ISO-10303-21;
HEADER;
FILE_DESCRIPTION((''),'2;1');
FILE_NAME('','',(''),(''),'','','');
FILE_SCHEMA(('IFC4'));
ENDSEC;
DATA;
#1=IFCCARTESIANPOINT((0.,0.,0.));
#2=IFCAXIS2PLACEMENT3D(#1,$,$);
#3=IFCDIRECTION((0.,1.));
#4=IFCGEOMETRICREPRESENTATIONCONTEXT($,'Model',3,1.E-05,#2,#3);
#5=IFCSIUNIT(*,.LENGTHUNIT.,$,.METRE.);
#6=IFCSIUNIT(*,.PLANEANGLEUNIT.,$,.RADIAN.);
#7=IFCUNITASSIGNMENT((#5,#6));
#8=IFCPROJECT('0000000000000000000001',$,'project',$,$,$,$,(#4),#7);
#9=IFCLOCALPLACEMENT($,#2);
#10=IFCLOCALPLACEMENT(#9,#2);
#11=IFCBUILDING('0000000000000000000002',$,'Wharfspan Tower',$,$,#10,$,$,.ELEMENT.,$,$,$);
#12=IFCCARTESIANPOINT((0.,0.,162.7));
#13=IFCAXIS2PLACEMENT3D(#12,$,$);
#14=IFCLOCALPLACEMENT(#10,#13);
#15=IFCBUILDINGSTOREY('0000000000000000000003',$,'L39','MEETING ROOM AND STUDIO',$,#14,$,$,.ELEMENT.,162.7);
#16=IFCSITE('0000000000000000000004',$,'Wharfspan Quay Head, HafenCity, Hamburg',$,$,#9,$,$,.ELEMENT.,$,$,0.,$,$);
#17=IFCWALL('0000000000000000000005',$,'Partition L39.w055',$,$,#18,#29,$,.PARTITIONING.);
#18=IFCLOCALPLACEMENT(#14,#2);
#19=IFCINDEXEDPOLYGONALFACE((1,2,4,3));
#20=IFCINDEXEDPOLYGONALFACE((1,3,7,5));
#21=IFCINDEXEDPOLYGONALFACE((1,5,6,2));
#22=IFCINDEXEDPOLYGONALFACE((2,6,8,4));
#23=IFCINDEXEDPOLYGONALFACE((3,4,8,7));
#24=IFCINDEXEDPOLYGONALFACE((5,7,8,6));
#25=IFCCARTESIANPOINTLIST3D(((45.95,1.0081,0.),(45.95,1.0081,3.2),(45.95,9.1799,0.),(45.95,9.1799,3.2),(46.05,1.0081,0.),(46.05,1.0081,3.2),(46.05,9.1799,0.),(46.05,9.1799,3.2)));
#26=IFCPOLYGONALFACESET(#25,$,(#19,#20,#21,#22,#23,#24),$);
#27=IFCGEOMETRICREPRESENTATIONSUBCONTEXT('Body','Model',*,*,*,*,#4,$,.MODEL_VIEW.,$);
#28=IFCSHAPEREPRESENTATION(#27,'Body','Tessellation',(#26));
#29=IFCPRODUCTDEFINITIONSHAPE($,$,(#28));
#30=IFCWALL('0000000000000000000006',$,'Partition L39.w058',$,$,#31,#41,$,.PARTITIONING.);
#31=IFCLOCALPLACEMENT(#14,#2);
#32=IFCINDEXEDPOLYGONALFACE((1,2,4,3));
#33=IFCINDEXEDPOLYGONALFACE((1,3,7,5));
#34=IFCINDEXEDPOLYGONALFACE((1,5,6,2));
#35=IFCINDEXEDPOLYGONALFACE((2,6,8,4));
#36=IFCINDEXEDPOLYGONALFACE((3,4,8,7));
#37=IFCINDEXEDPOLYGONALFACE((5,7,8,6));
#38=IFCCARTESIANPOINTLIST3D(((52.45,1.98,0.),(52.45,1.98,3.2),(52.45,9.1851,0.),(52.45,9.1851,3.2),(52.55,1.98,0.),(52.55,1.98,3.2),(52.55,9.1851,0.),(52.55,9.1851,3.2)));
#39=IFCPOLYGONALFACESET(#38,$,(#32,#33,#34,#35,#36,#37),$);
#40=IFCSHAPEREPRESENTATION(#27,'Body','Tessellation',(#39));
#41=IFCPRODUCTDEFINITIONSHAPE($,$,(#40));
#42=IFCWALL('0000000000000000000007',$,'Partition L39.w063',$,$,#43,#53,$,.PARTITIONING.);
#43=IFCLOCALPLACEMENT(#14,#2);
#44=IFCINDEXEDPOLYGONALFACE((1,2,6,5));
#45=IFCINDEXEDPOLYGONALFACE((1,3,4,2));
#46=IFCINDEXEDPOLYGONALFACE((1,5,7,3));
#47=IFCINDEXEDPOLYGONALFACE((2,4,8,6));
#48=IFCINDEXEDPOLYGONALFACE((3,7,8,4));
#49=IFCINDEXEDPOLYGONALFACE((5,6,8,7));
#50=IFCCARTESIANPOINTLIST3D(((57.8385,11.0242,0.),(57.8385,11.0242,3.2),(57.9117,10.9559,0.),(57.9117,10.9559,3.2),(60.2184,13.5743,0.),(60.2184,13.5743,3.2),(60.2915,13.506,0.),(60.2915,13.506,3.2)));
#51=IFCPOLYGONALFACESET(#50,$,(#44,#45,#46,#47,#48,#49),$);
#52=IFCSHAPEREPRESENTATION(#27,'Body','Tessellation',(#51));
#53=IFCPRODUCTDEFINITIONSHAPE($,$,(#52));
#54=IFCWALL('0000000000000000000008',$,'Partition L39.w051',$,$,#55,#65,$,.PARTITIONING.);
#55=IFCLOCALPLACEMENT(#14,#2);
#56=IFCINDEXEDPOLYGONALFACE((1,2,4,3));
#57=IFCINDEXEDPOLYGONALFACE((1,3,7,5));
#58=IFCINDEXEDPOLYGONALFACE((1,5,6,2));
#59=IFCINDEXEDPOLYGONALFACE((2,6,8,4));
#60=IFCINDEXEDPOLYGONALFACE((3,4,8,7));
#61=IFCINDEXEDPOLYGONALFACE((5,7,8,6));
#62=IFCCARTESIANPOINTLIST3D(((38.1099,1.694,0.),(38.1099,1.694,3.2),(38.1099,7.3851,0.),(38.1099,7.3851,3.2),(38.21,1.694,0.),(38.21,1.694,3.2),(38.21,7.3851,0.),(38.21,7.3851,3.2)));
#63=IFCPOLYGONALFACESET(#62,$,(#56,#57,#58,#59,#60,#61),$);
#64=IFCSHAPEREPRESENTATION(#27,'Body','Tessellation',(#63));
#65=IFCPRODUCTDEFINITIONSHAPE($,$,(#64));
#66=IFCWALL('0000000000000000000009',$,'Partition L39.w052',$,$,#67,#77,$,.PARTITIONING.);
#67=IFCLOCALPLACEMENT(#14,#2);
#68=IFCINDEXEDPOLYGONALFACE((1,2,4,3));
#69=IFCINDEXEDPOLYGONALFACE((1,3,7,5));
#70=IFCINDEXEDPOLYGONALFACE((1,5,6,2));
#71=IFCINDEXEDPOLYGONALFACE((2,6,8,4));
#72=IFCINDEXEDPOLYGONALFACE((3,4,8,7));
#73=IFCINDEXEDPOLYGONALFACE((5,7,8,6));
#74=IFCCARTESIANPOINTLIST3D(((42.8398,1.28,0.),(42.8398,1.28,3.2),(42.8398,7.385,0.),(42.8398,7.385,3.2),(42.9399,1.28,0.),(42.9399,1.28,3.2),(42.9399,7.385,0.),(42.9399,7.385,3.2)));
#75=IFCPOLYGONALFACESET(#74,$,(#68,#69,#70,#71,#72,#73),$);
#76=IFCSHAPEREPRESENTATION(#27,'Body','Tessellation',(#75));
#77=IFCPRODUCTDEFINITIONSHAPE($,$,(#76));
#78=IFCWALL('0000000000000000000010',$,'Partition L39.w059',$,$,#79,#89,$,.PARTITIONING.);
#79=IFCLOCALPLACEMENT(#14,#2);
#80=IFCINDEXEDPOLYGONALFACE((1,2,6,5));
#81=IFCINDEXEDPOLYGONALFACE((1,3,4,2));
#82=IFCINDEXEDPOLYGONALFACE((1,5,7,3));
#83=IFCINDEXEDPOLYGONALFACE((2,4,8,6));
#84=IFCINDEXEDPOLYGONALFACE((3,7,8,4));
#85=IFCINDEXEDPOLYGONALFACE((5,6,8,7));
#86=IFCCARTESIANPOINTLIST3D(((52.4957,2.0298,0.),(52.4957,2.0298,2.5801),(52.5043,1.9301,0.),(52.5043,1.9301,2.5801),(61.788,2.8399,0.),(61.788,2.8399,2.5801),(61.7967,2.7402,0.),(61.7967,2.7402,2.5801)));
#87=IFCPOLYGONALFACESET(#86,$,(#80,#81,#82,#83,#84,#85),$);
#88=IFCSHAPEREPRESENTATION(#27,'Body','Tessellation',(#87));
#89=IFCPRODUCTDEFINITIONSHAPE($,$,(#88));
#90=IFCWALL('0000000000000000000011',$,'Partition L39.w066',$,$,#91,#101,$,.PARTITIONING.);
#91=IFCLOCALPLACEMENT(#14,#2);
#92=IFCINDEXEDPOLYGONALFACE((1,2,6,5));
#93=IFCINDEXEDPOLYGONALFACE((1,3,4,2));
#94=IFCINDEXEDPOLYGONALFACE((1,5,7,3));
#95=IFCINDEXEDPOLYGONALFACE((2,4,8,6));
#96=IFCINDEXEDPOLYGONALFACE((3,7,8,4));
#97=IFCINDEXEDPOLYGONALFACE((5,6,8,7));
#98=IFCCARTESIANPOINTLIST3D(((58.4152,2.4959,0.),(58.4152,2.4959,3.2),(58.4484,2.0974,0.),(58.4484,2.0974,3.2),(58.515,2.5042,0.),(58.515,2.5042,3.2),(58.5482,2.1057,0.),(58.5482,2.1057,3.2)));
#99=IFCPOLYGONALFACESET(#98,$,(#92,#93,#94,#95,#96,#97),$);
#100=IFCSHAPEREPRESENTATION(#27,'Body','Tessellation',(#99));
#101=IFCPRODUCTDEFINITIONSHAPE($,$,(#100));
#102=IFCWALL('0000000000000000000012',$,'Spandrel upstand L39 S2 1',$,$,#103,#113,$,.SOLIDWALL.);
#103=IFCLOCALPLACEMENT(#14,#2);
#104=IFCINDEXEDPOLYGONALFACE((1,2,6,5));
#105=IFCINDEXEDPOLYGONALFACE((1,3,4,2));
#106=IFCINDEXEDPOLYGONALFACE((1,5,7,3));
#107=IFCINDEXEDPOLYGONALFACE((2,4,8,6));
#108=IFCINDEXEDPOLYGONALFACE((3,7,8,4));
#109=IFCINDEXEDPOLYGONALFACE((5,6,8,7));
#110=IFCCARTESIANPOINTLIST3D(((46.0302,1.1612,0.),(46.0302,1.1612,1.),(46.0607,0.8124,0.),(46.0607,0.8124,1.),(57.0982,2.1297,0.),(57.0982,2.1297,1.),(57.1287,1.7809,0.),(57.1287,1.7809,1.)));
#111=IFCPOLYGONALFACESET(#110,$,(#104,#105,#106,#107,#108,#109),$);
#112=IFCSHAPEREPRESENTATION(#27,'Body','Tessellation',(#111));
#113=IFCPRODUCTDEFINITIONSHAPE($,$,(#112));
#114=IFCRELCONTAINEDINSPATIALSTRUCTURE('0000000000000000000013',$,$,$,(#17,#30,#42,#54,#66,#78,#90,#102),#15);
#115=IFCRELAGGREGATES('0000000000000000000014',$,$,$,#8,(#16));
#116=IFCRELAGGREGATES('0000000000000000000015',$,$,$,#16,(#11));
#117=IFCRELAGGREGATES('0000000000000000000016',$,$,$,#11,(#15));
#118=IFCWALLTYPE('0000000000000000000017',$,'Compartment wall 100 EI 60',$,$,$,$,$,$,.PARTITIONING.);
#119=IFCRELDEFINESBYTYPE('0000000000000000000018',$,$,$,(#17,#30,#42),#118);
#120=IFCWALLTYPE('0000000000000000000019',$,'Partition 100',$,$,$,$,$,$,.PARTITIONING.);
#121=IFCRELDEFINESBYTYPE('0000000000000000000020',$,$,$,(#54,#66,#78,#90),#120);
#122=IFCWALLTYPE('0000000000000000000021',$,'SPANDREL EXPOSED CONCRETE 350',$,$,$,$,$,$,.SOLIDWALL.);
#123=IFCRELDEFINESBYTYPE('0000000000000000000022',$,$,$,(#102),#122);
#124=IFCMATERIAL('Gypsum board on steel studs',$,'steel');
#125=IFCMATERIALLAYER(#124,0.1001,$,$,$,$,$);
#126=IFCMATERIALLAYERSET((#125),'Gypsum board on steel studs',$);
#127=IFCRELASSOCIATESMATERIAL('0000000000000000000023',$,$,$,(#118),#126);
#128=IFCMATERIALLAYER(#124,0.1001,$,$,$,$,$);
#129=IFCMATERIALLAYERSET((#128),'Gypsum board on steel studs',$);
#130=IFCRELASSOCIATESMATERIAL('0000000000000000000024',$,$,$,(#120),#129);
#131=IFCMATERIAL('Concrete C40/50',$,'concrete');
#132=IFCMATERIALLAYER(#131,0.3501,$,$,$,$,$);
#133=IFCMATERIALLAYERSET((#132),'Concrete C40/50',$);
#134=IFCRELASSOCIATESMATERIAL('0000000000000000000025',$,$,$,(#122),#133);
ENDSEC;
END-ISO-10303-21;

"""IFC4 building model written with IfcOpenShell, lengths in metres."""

from ifc_helpers import new_model, si_unit, direction, frame, frame_2d, origin, place, context, subcontext, project, spatial, rectangle, extrude, material, layer, layer_set, type_object, element, save


model = new_model("IFC4")

# Units and contexts
model_context = context("Model", 3, precision=1e-05, world=origin(), true_north=direction((0.0, 1.0)))
body_context = subcontext(model_context, "Body", "Model", "MODEL_VIEW")
ifc_project = project(units=[si_unit("LENGTHUNIT", "METRE"), si_unit("PLANEANGLEUNIT", "RADIAN")], contexts=[model_context])

# Site, building, storey
site_placement = place(None, origin())
site = spatial("IfcSite", under=ifc_project, at=site_placement, Name="Wharfspan Quay Head, HafenCity, Hamburg", CompositionType="ELEMENT", RefElevation=0.0)
building_placement = place(site_placement, origin())
building = spatial("IfcBuilding", under=site, at=building_placement, Name="Wharfspan Tower", CompositionType="ELEMENT")
storey_placement = place(building_placement, frame((0.0, 0.0, 162.7)))
storey = spatial("IfcBuildingStorey", under=building, at=storey_placement, Name="L39", Description="MEETING ROOM AND STUDIO", CompositionType="ELEMENT", Elevation=162.7)

# Walls
ifc_material_1 = material(Name="Gypsum board on steel studs", Category="steel")
ifc_layer_1 = layer(ifc_material_1, 0.1001)
ifc_layer_set_1 = layer_set([ifc_layer_1], Name="Gypsum board on steel studs")
wall_type_1 = type_object("IfcWallType", Name="Compartment wall 100 EI 60", PredefinedType="PARTITIONING", material=ifc_layer_set_1)
wall_1_placement = place(storey_placement, frame((46.0, 1.0081, 0.0), z_axis=(0.0, 0.0, 1.0), x_axis=(0.0, 1.0, 0.0)))
element("IfcWall", 1, at=wall_1_placement, inside=storey, type_object=wall_type_1, Name="Partition L39.w055", PredefinedType="PARTITIONING", context=body_context, shape_type="SweptSolid", body=[
    extrude(rectangle(XDim=8.1719, YDim=0.1001, at=frame_2d((4.0859, 0.0))), origin(), (0.0, 0.0, 1.0), 3.2),
])
wall_2_placement = place(storey_placement, frame((52.5, 1.98, 0.0), z_axis=(0.0, 0.0, 1.0), x_axis=(0.0, 1.0, 0.0)))
element("IfcWall", 2, at=wall_2_placement, inside=storey, type_object=wall_type_1, Name="Partition L39.w058", PredefinedType="PARTITIONING", context=body_context, shape_type="SweptSolid", body=[
    extrude(rectangle(XDim=7.2051, YDim=0.1001, at=frame_2d((3.6025, 0.0))), origin(), (0.0, 0.0, 1.0), 3.2),
])
wall_3_placement = place(storey_placement, frame((57.875, 10.99, 0.0), z_axis=(0.0, 0.0, 1.0), x_axis=(0.68229, 0.731075, 0.0)))
element("IfcWall", 3, at=wall_3_placement, inside=storey, type_object=wall_type_1, Name="Partition L39.w063", PredefinedType="PARTITIONING", context=body_context, shape_type="SweptSolid", body=[
    extrude(rectangle(XDim=3.488, YDim=0.1001, at=frame_2d((1.7441, 0.0))), origin(), (0.0, 0.0, 1.0), 3.2),
])
ifc_layer_2 = layer(ifc_material_1, 0.1001)
ifc_layer_set_2 = layer_set([ifc_layer_2], Name="Gypsum board on steel studs")
wall_type_2 = type_object("IfcWallType", Name="Partition 100", PredefinedType="PARTITIONING", material=ifc_layer_set_2)
wall_4_placement = place(storey_placement, frame((38.1599, 1.6938, 0.0), z_axis=(0.0, 0.0, 1.0), x_axis=(0.0, 1.0, 0.0)))
element("IfcWall", 4, at=wall_4_placement, inside=storey, type_object=wall_type_2, Name="Partition L39.w051", PredefinedType="PARTITIONING", context=body_context, shape_type="SweptSolid", body=[
    extrude(rectangle(XDim=5.6912, YDim=0.1001, at=frame_2d((2.8457, 0.0))), origin(), (0.0, 0.0, 1.0), 3.2),
])
wall_5_placement = place(storey_placement, frame((42.8899, 1.28, 0.0), z_axis=(0.0, 0.0, 1.0), x_axis=(0.0, 1.0, 0.0)))
element("IfcWall", 5, at=wall_5_placement, inside=storey, type_object=wall_type_2, Name="Partition L39.w052", PredefinedType="PARTITIONING", context=body_context, shape_type="SweptSolid", body=[
    extrude(rectangle(XDim=6.105, YDim=0.1001, at=frame_2d((3.0525, 0.0))), origin(), (0.0, 0.0, 1.0), 3.2),
])
wall_6_placement = place(storey_placement, frame((52.5, 1.98, 0.0), z_axis=(0.0, 0.0, 1.0), x_axis=(0.99622, 0.086844, 0.0)))
element("IfcWall", 6, at=wall_6_placement, inside=storey, type_object=wall_type_2, Name="Partition L39.w059", PredefinedType="PARTITIONING", context=body_context, shape_type="SweptSolid", body=[
    extrude(rectangle(XDim=9.3276, YDim=0.1001, at=frame_2d((4.6638, 0.0))), origin(), (0.0, 0.0, 1.0), 2.5801),
])
wall_7_placement = place(storey_placement, frame((58.4983, 2.1016, 0.0), z_axis=(0.0, 0.0, 1.0), x_axis=(-0.083045, 0.996542, 0.0)))
element("IfcWall", 7, at=wall_7_placement, inside=storey, type_object=wall_type_2, Name="Partition L39.w066", PredefinedType="PARTITIONING", context=body_context, shape_type="SweptSolid", body=[
    extrude(rectangle(XDim=0.3999, YDim=0.1001, at=frame_2d((0.2, 0.0))), origin(), (0.0, 0.0, 1.0), 3.2),
])
ifc_material_2 = material(Name="Concrete C40/50", Category="concrete")
ifc_layer_3 = layer(ifc_material_2, 0.3501)
ifc_layer_set_3 = layer_set([ifc_layer_3], Name="Concrete C40/50")
wall_type_3 = type_object("IfcWallType", Name="SPANDREL EXPOSED CONCRETE 350", PredefinedType="SOLIDWALL", material=ifc_layer_set_3)
wall_8_placement = place(storey_placement, frame((46.0454, 0.9868, 0.0), z_axis=(0.0, 0.0, 1.0), x_axis=(0.996193, 0.087171, 0.0)))
element("IfcWall", 8, at=wall_8_placement, inside=storey, type_object=wall_type_3, Name="Spandrel upstand L39 S2 1", PredefinedType="SOLIDWALL", context=body_context, shape_type="SweptSolid", body=[
    extrude(rectangle(XDim=11.1104, YDim=0.3501, at=frame_2d((5.5552, 0.0))), origin(), (0.0, 0.0, 1.0), 1.0),
])

save(model, "model.ifc")
